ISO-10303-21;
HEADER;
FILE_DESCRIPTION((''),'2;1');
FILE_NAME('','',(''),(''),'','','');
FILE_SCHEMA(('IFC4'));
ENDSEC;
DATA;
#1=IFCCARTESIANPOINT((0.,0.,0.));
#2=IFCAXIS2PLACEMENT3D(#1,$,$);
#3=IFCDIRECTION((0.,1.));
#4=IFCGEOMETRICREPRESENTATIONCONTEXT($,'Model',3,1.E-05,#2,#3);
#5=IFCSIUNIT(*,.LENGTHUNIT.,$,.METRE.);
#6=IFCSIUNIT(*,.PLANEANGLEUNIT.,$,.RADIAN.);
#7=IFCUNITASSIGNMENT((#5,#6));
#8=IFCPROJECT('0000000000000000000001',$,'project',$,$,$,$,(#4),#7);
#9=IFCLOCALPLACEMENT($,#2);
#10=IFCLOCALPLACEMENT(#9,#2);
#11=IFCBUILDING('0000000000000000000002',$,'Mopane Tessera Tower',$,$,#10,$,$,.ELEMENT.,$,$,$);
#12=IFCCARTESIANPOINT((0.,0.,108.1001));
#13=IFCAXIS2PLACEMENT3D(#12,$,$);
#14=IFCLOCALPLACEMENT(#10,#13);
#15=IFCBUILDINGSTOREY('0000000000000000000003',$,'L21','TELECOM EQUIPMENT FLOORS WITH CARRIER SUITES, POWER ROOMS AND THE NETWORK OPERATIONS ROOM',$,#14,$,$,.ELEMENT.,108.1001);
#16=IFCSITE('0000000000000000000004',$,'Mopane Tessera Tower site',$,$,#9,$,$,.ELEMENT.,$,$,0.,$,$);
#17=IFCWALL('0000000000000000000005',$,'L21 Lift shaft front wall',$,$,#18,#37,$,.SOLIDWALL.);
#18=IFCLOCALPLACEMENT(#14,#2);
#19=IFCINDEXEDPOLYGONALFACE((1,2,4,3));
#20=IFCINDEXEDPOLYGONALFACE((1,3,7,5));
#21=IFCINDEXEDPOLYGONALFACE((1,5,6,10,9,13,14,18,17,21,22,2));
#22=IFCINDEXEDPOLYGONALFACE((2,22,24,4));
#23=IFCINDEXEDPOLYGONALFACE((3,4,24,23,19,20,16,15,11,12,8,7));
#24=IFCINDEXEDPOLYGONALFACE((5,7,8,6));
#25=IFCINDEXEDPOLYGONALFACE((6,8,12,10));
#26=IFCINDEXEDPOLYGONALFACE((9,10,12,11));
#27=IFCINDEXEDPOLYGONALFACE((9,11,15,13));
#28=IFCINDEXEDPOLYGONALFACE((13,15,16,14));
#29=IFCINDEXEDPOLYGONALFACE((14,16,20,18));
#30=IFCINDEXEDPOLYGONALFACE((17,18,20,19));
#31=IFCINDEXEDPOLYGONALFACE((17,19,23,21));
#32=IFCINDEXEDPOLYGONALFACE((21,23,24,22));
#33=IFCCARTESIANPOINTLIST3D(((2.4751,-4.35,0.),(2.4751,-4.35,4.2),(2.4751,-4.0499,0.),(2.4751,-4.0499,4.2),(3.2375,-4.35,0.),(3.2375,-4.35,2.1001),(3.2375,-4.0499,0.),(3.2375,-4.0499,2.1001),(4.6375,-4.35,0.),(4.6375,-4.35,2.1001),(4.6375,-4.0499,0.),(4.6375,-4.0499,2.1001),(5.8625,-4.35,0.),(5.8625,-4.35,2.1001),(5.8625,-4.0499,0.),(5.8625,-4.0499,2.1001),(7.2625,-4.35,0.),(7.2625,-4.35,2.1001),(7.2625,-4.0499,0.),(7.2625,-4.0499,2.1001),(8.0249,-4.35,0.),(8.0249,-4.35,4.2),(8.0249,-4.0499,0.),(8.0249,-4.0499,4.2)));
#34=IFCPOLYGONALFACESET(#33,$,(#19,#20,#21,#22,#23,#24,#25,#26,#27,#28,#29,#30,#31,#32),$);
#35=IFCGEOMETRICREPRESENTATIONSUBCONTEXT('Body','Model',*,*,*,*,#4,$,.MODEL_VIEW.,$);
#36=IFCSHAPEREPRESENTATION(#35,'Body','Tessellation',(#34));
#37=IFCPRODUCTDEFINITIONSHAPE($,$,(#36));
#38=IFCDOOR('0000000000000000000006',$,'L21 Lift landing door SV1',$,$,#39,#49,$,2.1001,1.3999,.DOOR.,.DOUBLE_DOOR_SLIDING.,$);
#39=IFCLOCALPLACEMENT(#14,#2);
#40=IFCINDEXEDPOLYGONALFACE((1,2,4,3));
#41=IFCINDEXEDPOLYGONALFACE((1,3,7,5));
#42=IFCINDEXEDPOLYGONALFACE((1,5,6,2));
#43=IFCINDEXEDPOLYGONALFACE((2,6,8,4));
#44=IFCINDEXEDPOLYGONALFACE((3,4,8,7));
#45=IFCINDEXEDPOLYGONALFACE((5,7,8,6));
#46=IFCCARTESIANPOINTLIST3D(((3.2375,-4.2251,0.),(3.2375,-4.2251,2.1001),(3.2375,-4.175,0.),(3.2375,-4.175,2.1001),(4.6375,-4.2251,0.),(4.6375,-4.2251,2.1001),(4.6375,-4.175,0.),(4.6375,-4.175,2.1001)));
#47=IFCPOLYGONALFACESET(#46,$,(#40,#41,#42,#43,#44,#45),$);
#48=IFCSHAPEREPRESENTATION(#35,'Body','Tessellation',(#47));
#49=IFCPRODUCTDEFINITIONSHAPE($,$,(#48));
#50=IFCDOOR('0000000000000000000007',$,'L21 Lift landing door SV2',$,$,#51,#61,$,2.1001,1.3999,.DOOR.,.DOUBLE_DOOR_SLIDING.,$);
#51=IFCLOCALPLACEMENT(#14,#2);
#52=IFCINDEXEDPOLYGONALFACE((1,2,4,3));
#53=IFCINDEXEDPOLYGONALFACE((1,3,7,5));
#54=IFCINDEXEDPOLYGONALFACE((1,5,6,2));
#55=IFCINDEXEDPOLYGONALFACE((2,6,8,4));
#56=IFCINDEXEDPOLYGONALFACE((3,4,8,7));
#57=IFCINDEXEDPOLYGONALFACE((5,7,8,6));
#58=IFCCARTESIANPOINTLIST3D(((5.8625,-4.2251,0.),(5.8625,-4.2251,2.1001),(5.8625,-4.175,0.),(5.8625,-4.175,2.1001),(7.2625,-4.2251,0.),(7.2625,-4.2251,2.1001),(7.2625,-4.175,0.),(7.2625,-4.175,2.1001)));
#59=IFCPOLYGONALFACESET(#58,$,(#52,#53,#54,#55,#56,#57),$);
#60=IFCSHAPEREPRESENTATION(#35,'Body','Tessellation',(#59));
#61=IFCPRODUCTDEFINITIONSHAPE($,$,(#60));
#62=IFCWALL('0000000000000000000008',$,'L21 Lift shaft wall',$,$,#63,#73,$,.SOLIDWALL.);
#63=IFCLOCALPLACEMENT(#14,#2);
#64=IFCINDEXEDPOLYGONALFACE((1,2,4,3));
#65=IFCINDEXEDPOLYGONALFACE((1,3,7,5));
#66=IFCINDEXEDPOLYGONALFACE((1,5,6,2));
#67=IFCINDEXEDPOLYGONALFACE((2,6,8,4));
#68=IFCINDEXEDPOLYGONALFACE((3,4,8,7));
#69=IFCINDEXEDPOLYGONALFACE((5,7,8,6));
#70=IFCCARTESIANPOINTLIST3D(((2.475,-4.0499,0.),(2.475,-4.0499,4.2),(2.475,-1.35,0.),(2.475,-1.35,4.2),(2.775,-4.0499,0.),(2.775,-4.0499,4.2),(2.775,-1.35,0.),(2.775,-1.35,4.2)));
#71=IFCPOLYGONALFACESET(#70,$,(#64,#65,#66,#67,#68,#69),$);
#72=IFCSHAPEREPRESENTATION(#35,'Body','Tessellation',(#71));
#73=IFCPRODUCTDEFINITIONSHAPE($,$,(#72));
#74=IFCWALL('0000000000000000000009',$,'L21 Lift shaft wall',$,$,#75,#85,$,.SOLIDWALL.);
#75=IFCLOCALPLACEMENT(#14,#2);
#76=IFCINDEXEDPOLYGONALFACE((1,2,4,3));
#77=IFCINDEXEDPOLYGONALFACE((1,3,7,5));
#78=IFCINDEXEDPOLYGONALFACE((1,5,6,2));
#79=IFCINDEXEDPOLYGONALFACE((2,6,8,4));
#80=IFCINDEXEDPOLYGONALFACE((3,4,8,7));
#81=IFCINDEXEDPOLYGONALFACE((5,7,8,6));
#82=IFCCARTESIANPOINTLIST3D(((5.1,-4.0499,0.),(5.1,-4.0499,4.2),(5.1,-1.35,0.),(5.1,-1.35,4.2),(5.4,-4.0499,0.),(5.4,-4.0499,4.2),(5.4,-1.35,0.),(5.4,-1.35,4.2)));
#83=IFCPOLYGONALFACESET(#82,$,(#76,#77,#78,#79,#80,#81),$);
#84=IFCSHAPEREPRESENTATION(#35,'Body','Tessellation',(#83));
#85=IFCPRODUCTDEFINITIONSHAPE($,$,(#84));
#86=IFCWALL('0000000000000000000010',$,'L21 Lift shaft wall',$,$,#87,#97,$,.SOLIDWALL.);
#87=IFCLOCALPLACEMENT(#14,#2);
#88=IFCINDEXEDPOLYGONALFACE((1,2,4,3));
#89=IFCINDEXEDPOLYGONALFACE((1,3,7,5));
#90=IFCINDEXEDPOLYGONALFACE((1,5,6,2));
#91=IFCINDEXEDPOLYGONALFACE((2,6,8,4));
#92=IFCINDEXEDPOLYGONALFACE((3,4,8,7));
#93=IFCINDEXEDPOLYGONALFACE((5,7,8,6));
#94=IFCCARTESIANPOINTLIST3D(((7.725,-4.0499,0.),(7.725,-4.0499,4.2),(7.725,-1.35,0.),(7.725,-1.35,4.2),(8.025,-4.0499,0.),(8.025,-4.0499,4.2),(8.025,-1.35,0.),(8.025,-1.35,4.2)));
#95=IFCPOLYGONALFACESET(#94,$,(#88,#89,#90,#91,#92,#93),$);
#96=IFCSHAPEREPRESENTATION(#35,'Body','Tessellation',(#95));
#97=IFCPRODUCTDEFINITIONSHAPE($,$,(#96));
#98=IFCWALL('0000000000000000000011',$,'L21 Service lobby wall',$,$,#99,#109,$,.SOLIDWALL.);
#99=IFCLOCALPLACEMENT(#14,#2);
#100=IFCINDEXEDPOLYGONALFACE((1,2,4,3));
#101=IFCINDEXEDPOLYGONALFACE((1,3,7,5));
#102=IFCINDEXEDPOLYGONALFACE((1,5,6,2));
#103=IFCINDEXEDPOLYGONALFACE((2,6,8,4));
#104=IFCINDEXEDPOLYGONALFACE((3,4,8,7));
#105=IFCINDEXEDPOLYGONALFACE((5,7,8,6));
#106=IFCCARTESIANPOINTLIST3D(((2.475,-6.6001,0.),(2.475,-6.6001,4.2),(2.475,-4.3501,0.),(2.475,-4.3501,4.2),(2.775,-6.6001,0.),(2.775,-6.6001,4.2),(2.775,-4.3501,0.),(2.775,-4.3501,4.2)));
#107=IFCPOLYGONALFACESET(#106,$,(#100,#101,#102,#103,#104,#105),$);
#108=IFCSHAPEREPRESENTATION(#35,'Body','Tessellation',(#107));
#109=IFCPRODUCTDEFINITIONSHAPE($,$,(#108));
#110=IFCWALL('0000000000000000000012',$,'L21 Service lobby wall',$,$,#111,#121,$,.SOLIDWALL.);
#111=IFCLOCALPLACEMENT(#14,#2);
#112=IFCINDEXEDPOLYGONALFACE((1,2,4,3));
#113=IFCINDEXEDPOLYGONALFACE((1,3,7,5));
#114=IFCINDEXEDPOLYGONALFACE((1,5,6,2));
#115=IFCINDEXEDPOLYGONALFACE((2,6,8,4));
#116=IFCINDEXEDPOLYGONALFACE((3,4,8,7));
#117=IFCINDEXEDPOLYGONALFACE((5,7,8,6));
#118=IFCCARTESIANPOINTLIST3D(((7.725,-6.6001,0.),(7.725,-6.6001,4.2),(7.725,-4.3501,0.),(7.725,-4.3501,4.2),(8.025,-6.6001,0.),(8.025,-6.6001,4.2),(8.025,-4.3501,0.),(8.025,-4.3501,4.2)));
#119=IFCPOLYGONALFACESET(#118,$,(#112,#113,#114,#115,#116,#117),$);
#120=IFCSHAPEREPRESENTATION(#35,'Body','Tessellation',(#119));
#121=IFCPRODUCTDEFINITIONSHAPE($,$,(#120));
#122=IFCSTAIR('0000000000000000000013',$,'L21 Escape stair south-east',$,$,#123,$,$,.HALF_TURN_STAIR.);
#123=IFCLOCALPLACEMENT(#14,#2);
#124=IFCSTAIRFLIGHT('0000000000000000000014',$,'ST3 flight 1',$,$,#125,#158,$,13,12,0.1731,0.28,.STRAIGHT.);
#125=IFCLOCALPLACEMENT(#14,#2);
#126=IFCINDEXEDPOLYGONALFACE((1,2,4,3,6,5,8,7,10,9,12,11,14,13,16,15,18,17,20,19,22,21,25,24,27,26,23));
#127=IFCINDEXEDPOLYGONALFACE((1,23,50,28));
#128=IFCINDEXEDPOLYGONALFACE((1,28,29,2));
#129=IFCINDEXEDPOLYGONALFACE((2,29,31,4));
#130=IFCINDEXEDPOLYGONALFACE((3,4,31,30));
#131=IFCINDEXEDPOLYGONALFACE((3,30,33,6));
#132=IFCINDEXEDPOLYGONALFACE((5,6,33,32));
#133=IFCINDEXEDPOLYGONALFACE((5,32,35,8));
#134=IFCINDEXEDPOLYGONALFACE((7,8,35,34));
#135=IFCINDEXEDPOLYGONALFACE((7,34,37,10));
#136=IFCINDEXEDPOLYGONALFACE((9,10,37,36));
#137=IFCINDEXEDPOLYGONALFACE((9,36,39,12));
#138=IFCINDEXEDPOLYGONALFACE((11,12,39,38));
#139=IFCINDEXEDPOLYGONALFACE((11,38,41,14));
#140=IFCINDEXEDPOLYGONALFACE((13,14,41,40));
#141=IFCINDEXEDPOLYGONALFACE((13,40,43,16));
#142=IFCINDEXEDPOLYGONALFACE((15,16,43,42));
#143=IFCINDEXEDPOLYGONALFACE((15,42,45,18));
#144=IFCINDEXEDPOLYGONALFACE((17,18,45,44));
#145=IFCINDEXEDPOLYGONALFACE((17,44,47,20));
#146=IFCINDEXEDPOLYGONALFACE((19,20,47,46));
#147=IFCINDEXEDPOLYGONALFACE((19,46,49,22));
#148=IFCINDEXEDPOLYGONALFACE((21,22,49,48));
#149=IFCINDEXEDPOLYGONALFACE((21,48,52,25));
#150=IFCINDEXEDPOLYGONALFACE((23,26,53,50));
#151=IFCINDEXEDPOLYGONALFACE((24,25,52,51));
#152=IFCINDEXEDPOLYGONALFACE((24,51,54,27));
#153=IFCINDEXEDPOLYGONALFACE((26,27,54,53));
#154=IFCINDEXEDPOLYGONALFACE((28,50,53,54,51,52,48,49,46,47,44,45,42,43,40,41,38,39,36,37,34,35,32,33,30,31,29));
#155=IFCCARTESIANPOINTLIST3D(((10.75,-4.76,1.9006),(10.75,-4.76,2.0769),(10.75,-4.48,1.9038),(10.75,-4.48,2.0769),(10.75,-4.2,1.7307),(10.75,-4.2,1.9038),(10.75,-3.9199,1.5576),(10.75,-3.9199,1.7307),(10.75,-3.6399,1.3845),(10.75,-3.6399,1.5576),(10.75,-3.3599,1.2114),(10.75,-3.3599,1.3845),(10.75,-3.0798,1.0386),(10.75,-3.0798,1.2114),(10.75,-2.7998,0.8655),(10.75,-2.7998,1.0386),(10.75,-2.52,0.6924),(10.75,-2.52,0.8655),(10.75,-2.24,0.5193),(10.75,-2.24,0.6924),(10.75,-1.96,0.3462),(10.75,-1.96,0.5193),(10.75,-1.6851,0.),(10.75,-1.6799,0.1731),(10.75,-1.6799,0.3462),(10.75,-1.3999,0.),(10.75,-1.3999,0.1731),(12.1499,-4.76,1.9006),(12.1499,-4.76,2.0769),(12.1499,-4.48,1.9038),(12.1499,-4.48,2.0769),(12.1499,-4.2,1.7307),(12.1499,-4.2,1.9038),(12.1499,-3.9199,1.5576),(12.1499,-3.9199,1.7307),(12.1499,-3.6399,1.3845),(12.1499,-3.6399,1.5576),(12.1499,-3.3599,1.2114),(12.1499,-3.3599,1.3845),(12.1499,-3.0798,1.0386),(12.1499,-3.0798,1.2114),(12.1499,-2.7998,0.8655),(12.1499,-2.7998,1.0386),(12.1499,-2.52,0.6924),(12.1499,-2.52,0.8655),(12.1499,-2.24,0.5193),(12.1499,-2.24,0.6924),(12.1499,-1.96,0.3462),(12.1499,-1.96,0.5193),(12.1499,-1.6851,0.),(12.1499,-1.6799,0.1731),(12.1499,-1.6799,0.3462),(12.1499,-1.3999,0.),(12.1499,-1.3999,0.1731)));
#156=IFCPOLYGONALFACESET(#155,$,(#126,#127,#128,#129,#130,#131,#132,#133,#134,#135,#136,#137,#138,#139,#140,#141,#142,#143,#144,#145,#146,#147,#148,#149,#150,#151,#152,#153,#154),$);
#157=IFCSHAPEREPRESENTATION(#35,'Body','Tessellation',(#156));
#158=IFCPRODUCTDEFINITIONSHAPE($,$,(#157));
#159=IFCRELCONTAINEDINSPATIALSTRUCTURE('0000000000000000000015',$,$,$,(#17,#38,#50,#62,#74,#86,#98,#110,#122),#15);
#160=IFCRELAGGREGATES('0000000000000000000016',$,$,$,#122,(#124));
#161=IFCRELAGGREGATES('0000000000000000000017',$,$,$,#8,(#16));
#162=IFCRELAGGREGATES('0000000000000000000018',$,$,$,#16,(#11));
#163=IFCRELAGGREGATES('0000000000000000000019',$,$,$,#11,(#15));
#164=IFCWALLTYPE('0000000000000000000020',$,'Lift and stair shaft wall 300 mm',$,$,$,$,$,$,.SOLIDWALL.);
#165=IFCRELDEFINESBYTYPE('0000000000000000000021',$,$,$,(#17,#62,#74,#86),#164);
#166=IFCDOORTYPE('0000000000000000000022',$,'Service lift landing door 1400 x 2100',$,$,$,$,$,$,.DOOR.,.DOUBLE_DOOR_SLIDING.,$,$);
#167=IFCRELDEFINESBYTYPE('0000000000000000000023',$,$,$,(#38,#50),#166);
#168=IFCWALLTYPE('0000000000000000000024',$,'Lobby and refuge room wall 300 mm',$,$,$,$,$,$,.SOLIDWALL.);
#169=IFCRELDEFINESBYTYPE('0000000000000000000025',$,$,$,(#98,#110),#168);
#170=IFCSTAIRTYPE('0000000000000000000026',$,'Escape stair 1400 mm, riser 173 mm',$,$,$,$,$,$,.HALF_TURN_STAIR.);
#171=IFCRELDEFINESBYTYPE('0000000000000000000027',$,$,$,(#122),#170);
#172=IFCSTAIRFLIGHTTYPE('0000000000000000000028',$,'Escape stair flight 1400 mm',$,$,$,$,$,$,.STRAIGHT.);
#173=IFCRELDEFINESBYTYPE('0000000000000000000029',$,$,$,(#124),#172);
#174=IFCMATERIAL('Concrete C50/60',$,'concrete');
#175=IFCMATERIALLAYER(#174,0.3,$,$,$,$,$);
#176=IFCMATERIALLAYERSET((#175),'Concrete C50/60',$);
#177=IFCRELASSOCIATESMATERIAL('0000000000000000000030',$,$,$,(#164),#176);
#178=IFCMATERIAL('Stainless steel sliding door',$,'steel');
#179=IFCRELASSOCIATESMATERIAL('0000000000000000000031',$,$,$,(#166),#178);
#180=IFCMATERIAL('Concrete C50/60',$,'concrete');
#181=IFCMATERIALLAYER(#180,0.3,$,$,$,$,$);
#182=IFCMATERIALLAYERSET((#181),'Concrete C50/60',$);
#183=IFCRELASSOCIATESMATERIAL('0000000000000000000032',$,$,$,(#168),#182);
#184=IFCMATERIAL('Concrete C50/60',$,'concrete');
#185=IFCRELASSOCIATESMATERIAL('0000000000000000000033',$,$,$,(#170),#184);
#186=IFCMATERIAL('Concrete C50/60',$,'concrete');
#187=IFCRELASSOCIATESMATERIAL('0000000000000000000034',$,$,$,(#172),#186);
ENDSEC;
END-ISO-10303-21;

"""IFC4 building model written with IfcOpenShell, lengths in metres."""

from ifc_helpers import new_model, si_unit, direction, frame, frame_2d, origin, place, context, subcontext, project, spatial, polyline, rectangle, outline, extrude, material, layer, layer_set, type_object, element, fill, aggregate, save


model = new_model("IFC4")

# Units and contexts
model_context = context("Model", 3, precision=1e-05, world=origin(), true_north=direction((0.0, 1.0)))
body_context = subcontext(model_context, "Body", "Model", "MODEL_VIEW")
ifc_project = project(units=[si_unit("LENGTHUNIT", "METRE"), si_unit("PLANEANGLEUNIT", "RADIAN")], contexts=[model_context])

# Site, building, storey
site_placement = place(None, origin())
site = spatial("IfcSite", under=ifc_project, at=site_placement, Name="Mopane Tessera Tower site", CompositionType="ELEMENT", RefElevation=0.0)
building_placement = place(site_placement, origin())
building = spatial("IfcBuilding", under=site, at=building_placement, Name="Mopane Tessera Tower", CompositionType="ELEMENT")
storey_placement = place(building_placement, frame((0.0, 0.0, 108.1001)))
storey = spatial("IfcBuildingStorey", under=building, at=storey_placement, Name="L21", Description="TELECOM EQUIPMENT FLOORS WITH CARRIER SUITES, POWER ROOMS AND THE NETWORK OPERATIONS ROOM", CompositionType="ELEMENT", Elevation=108.1001)

# Shared definitions
ifc_material_1 = material(Name="Concrete C50/60", Category="concrete")
ifc_layer_1 = layer(ifc_material_1, 0.3)
ifc_layer_set_1 = layer_set([ifc_layer_1], Name="Concrete C50/60")
wall_type_1 = type_object("IfcWallType", Name="Lift and stair shaft wall 300 mm", PredefinedType="SOLIDWALL", material=ifc_layer_set_1)

# Wall, openings, doors
wall_1_placement = place(storey_placement, frame((2.4751, -4.2, 0.0), z_axis=(0.0, 0.0, 1.0), x_axis=(1.0, 0.0, 0.0)))
wall_1 = element("IfcWall", 1, at=wall_1_placement, inside=storey, type_object=wall_type_1, Name="L21 Lift shaft front wall", PredefinedType="SOLIDWALL", context=body_context, shape_type="SweptSolid", body=[
    extrude(rectangle(XDim=5.5498, YDim=0.3, at=frame_2d((2.7749, 0.0))), origin(), (0.0, 0.0, 1.0), 4.2),
])
opening_1_placement = place(wall_1_placement, frame((0.7625, 0.0, 0.0)))
opening_1 = element("IfcOpeningElement", 2, at=opening_1_placement, cuts=wall_1, PredefinedType="OPENING", context=body_context, shape_type="SweptSolid", body=[
    extrude(rectangle(XDim=1.3999, YDim=2.1001, at=frame_2d((0.7, 1.05))), frame((0.0, 0.1621, 0.0), z_axis=(0.0, -1.0, 0.0), x_axis=(1.0, 0.0, 0.0)), (0.0, 0.0, 1.0), 0.324),
])
opening_2_placement = place(wall_1_placement, frame((3.3875, 0.0, 0.0)))
opening_2 = element("IfcOpeningElement", 3, at=opening_2_placement, cuts=wall_1, PredefinedType="OPENING", context=body_context, shape_type="SweptSolid", body=[
    extrude(rectangle(XDim=1.3999, YDim=2.1001, at=frame_2d((0.7, 1.05))), frame((0.0, 0.1621, 0.0), z_axis=(0.0, -1.0, 0.0), x_axis=(1.0, 0.0, 0.0)), (0.0, 0.0, 1.0), 0.324),
])
ifc_material_2 = material(Name="Stainless steel sliding door", Category="steel")
door_type = type_object("IfcDoorType", Name="Service lift landing door 1400 x 2100", OperationType="DOUBLE_DOOR_SLIDING", PredefinedType="DOOR", material=ifc_material_2)
door_1_placement = place(opening_1_placement, origin())
door_1 = element("IfcDoor", 4, at=door_1_placement, inside=storey, type_object=door_type, Name="L21 Lift landing door SV1", OperationType="DOUBLE_DOOR_SLIDING", OverallHeight=2.1001, OverallWidth=1.3999, PredefinedType="DOOR", context=body_context, shape_type="SweptSolid", body=[
    extrude(rectangle(XDim=1.3999, YDim=2.1001, at=frame_2d((0.7, 1.05))), frame((0.0, 0.0249, 0.0), z_axis=(0.0, -1.0, 0.0), x_axis=(1.0, 0.0, 0.0)), (0.0, 0.0, 1.0), 0.05),
])
fill(opening_1, door_1)
door_2_placement = place(opening_2_placement, origin())
door_2 = element("IfcDoor", 5, at=door_2_placement, inside=storey, type_object=door_type, Name="L21 Lift landing door SV2", OperationType="DOUBLE_DOOR_SLIDING", OverallHeight=2.1001, OverallWidth=1.3999, PredefinedType="DOOR", context=body_context, shape_type="SweptSolid", body=[
    extrude(rectangle(XDim=1.3999, YDim=2.1001, at=frame_2d((0.7, 1.05))), frame((0.0, 0.0249, 0.0), z_axis=(0.0, -1.0, 0.0), x_axis=(1.0, 0.0, 0.0)), (0.0, 0.0, 1.0), 0.05),
])
fill(opening_2, door_2)

# Walls
for number, where, z_axis, x_axis, name in (
    (6, (2.625, -4.05, 0.0), (0.0, 0.0, 1.0), (0.0, 1.0, 0.0), "L21 Lift shaft wall"),
    (7, (5.25, -4.05, 0.0), (0.0, 0.0, 1.0), (0.0, 1.0, 0.0), "L21 Lift shaft wall"),
    (8, (7.875, -4.05, 0.0), (0.0, 0.0, 1.0), (0.0, 1.0, 0.0), "L21 Lift shaft wall"),
):
    element("IfcWall", number, at=place(storey_placement, frame(where, z_axis=z_axis, x_axis=x_axis)), inside=storey, type_object=wall_type_1, Name=name, PredefinedType="SOLIDWALL", context=body_context, shape_type="SweptSolid", body=[
        extrude(rectangle(XDim=2.7, YDim=0.3, at=frame_2d((1.3501, 0.0))), origin(), (0.0, 0.0, 1.0), 4.2),
    ])
ifc_material_3 = material(Name="Concrete C50/60", Category="concrete")
ifc_layer_2 = layer(ifc_material_3, 0.3)
ifc_layer_set_2 = layer_set([ifc_layer_2], Name="Concrete C50/60")
wall_type_2 = type_object("IfcWallType", Name="Lobby and refuge room wall 300 mm", PredefinedType="SOLIDWALL", material=ifc_layer_set_2)
for number, where, z_axis, x_axis, name in (
    (9, (2.625, -6.6001, 0.0), (0.0, 0.0, 1.0), (0.0, 1.0, 0.0), "L21 Service lobby wall"),
    (10, (7.875, -6.6001, 0.0), (0.0, 0.0, 1.0), (0.0, 1.0, 0.0), "L21 Service lobby wall"),
):
    element("IfcWall", number, at=place(storey_placement, frame(where, z_axis=z_axis, x_axis=x_axis)), inside=storey, type_object=wall_type_2, Name=name, PredefinedType="SOLIDWALL", context=body_context, shape_type="SweptSolid", body=[
        extrude(rectangle(XDim=2.25, YDim=0.3, at=frame_2d((1.125, 0.0))), origin(), (0.0, 0.0, 1.0), 4.2),
    ])

# Stair, stair flight
ifc_material_4 = material(Name="Concrete C50/60", Category="concrete")
stair_type = type_object("IfcStairType", Name="Escape stair 1400 mm, riser 173 mm", PredefinedType="HALF_TURN_STAIR", material=ifc_material_4)
stair_placement = place(storey_placement, origin())
stair = element("IfcStair", 11, at=stair_placement, inside=storey, type_object=stair_type, Name="L21 Escape stair south-east", PredefinedType="HALF_TURN_STAIR")
ifc_material_5 = material(Name="Concrete C50/60", Category="concrete")
stair_flight_type = type_object("IfcStairFlightType", Name="Escape stair flight 1400 mm", PredefinedType="STRAIGHT", material=ifc_material_5)
stair_flight_1_placement = place(storey_placement, frame((11.45, -1.3999, 0.0), z_axis=(0.0, 0.0, 1.0), x_axis=(0.0, -1.0, 0.0)))
stair_flight_1 = element("IfcStairFlight", 12, at=stair_flight_1_placement, type_object=stair_flight_type, Name="ST3 flight 1", NumberOfRisers=13, NumberOfTreads=12, PredefinedType="STRAIGHT", RiserHeight=0.1731, TreadLength=0.28, context=body_context, shape_type="SweptSolid", body=[
    extrude(outline(polyline([(0.0, 0.0), (0.0, 0.1731), (0.28, 0.1731), (0.28, 0.3462), (0.5601, 0.3462), (0.5601, 0.5193), (0.8401, 0.5193), (0.8401, 0.6924), (1.1201, 0.6924), (1.1201, 0.8655), (1.3999, 0.8655), (1.3999, 1.0386), (1.6799, 1.0386), (1.6799, 1.2114), (1.96, 1.2114), (1.96, 1.3845), (2.24, 1.3845), (2.24, 1.5576), (2.52, 1.5576), (2.52, 1.7307), (2.8, 1.7307), (2.8, 1.9038), (3.0801, 1.9038), (3.0801, 2.0769), (3.3601, 2.0769), (3.3601, 2.25), (3.3601, 1.9006), (0.2852, 0.0), (0.0, 0.0)])), frame((0.0, 0.7, 0.0), z_axis=(0.0, -1.0, 0.0), x_axis=(1.0, 0.0, 0.0)), (0.0, 0.0, 1.0), 1.3999),
])
aggregate(stair, [stair_flight_1])

save(model, "model.ifc")
